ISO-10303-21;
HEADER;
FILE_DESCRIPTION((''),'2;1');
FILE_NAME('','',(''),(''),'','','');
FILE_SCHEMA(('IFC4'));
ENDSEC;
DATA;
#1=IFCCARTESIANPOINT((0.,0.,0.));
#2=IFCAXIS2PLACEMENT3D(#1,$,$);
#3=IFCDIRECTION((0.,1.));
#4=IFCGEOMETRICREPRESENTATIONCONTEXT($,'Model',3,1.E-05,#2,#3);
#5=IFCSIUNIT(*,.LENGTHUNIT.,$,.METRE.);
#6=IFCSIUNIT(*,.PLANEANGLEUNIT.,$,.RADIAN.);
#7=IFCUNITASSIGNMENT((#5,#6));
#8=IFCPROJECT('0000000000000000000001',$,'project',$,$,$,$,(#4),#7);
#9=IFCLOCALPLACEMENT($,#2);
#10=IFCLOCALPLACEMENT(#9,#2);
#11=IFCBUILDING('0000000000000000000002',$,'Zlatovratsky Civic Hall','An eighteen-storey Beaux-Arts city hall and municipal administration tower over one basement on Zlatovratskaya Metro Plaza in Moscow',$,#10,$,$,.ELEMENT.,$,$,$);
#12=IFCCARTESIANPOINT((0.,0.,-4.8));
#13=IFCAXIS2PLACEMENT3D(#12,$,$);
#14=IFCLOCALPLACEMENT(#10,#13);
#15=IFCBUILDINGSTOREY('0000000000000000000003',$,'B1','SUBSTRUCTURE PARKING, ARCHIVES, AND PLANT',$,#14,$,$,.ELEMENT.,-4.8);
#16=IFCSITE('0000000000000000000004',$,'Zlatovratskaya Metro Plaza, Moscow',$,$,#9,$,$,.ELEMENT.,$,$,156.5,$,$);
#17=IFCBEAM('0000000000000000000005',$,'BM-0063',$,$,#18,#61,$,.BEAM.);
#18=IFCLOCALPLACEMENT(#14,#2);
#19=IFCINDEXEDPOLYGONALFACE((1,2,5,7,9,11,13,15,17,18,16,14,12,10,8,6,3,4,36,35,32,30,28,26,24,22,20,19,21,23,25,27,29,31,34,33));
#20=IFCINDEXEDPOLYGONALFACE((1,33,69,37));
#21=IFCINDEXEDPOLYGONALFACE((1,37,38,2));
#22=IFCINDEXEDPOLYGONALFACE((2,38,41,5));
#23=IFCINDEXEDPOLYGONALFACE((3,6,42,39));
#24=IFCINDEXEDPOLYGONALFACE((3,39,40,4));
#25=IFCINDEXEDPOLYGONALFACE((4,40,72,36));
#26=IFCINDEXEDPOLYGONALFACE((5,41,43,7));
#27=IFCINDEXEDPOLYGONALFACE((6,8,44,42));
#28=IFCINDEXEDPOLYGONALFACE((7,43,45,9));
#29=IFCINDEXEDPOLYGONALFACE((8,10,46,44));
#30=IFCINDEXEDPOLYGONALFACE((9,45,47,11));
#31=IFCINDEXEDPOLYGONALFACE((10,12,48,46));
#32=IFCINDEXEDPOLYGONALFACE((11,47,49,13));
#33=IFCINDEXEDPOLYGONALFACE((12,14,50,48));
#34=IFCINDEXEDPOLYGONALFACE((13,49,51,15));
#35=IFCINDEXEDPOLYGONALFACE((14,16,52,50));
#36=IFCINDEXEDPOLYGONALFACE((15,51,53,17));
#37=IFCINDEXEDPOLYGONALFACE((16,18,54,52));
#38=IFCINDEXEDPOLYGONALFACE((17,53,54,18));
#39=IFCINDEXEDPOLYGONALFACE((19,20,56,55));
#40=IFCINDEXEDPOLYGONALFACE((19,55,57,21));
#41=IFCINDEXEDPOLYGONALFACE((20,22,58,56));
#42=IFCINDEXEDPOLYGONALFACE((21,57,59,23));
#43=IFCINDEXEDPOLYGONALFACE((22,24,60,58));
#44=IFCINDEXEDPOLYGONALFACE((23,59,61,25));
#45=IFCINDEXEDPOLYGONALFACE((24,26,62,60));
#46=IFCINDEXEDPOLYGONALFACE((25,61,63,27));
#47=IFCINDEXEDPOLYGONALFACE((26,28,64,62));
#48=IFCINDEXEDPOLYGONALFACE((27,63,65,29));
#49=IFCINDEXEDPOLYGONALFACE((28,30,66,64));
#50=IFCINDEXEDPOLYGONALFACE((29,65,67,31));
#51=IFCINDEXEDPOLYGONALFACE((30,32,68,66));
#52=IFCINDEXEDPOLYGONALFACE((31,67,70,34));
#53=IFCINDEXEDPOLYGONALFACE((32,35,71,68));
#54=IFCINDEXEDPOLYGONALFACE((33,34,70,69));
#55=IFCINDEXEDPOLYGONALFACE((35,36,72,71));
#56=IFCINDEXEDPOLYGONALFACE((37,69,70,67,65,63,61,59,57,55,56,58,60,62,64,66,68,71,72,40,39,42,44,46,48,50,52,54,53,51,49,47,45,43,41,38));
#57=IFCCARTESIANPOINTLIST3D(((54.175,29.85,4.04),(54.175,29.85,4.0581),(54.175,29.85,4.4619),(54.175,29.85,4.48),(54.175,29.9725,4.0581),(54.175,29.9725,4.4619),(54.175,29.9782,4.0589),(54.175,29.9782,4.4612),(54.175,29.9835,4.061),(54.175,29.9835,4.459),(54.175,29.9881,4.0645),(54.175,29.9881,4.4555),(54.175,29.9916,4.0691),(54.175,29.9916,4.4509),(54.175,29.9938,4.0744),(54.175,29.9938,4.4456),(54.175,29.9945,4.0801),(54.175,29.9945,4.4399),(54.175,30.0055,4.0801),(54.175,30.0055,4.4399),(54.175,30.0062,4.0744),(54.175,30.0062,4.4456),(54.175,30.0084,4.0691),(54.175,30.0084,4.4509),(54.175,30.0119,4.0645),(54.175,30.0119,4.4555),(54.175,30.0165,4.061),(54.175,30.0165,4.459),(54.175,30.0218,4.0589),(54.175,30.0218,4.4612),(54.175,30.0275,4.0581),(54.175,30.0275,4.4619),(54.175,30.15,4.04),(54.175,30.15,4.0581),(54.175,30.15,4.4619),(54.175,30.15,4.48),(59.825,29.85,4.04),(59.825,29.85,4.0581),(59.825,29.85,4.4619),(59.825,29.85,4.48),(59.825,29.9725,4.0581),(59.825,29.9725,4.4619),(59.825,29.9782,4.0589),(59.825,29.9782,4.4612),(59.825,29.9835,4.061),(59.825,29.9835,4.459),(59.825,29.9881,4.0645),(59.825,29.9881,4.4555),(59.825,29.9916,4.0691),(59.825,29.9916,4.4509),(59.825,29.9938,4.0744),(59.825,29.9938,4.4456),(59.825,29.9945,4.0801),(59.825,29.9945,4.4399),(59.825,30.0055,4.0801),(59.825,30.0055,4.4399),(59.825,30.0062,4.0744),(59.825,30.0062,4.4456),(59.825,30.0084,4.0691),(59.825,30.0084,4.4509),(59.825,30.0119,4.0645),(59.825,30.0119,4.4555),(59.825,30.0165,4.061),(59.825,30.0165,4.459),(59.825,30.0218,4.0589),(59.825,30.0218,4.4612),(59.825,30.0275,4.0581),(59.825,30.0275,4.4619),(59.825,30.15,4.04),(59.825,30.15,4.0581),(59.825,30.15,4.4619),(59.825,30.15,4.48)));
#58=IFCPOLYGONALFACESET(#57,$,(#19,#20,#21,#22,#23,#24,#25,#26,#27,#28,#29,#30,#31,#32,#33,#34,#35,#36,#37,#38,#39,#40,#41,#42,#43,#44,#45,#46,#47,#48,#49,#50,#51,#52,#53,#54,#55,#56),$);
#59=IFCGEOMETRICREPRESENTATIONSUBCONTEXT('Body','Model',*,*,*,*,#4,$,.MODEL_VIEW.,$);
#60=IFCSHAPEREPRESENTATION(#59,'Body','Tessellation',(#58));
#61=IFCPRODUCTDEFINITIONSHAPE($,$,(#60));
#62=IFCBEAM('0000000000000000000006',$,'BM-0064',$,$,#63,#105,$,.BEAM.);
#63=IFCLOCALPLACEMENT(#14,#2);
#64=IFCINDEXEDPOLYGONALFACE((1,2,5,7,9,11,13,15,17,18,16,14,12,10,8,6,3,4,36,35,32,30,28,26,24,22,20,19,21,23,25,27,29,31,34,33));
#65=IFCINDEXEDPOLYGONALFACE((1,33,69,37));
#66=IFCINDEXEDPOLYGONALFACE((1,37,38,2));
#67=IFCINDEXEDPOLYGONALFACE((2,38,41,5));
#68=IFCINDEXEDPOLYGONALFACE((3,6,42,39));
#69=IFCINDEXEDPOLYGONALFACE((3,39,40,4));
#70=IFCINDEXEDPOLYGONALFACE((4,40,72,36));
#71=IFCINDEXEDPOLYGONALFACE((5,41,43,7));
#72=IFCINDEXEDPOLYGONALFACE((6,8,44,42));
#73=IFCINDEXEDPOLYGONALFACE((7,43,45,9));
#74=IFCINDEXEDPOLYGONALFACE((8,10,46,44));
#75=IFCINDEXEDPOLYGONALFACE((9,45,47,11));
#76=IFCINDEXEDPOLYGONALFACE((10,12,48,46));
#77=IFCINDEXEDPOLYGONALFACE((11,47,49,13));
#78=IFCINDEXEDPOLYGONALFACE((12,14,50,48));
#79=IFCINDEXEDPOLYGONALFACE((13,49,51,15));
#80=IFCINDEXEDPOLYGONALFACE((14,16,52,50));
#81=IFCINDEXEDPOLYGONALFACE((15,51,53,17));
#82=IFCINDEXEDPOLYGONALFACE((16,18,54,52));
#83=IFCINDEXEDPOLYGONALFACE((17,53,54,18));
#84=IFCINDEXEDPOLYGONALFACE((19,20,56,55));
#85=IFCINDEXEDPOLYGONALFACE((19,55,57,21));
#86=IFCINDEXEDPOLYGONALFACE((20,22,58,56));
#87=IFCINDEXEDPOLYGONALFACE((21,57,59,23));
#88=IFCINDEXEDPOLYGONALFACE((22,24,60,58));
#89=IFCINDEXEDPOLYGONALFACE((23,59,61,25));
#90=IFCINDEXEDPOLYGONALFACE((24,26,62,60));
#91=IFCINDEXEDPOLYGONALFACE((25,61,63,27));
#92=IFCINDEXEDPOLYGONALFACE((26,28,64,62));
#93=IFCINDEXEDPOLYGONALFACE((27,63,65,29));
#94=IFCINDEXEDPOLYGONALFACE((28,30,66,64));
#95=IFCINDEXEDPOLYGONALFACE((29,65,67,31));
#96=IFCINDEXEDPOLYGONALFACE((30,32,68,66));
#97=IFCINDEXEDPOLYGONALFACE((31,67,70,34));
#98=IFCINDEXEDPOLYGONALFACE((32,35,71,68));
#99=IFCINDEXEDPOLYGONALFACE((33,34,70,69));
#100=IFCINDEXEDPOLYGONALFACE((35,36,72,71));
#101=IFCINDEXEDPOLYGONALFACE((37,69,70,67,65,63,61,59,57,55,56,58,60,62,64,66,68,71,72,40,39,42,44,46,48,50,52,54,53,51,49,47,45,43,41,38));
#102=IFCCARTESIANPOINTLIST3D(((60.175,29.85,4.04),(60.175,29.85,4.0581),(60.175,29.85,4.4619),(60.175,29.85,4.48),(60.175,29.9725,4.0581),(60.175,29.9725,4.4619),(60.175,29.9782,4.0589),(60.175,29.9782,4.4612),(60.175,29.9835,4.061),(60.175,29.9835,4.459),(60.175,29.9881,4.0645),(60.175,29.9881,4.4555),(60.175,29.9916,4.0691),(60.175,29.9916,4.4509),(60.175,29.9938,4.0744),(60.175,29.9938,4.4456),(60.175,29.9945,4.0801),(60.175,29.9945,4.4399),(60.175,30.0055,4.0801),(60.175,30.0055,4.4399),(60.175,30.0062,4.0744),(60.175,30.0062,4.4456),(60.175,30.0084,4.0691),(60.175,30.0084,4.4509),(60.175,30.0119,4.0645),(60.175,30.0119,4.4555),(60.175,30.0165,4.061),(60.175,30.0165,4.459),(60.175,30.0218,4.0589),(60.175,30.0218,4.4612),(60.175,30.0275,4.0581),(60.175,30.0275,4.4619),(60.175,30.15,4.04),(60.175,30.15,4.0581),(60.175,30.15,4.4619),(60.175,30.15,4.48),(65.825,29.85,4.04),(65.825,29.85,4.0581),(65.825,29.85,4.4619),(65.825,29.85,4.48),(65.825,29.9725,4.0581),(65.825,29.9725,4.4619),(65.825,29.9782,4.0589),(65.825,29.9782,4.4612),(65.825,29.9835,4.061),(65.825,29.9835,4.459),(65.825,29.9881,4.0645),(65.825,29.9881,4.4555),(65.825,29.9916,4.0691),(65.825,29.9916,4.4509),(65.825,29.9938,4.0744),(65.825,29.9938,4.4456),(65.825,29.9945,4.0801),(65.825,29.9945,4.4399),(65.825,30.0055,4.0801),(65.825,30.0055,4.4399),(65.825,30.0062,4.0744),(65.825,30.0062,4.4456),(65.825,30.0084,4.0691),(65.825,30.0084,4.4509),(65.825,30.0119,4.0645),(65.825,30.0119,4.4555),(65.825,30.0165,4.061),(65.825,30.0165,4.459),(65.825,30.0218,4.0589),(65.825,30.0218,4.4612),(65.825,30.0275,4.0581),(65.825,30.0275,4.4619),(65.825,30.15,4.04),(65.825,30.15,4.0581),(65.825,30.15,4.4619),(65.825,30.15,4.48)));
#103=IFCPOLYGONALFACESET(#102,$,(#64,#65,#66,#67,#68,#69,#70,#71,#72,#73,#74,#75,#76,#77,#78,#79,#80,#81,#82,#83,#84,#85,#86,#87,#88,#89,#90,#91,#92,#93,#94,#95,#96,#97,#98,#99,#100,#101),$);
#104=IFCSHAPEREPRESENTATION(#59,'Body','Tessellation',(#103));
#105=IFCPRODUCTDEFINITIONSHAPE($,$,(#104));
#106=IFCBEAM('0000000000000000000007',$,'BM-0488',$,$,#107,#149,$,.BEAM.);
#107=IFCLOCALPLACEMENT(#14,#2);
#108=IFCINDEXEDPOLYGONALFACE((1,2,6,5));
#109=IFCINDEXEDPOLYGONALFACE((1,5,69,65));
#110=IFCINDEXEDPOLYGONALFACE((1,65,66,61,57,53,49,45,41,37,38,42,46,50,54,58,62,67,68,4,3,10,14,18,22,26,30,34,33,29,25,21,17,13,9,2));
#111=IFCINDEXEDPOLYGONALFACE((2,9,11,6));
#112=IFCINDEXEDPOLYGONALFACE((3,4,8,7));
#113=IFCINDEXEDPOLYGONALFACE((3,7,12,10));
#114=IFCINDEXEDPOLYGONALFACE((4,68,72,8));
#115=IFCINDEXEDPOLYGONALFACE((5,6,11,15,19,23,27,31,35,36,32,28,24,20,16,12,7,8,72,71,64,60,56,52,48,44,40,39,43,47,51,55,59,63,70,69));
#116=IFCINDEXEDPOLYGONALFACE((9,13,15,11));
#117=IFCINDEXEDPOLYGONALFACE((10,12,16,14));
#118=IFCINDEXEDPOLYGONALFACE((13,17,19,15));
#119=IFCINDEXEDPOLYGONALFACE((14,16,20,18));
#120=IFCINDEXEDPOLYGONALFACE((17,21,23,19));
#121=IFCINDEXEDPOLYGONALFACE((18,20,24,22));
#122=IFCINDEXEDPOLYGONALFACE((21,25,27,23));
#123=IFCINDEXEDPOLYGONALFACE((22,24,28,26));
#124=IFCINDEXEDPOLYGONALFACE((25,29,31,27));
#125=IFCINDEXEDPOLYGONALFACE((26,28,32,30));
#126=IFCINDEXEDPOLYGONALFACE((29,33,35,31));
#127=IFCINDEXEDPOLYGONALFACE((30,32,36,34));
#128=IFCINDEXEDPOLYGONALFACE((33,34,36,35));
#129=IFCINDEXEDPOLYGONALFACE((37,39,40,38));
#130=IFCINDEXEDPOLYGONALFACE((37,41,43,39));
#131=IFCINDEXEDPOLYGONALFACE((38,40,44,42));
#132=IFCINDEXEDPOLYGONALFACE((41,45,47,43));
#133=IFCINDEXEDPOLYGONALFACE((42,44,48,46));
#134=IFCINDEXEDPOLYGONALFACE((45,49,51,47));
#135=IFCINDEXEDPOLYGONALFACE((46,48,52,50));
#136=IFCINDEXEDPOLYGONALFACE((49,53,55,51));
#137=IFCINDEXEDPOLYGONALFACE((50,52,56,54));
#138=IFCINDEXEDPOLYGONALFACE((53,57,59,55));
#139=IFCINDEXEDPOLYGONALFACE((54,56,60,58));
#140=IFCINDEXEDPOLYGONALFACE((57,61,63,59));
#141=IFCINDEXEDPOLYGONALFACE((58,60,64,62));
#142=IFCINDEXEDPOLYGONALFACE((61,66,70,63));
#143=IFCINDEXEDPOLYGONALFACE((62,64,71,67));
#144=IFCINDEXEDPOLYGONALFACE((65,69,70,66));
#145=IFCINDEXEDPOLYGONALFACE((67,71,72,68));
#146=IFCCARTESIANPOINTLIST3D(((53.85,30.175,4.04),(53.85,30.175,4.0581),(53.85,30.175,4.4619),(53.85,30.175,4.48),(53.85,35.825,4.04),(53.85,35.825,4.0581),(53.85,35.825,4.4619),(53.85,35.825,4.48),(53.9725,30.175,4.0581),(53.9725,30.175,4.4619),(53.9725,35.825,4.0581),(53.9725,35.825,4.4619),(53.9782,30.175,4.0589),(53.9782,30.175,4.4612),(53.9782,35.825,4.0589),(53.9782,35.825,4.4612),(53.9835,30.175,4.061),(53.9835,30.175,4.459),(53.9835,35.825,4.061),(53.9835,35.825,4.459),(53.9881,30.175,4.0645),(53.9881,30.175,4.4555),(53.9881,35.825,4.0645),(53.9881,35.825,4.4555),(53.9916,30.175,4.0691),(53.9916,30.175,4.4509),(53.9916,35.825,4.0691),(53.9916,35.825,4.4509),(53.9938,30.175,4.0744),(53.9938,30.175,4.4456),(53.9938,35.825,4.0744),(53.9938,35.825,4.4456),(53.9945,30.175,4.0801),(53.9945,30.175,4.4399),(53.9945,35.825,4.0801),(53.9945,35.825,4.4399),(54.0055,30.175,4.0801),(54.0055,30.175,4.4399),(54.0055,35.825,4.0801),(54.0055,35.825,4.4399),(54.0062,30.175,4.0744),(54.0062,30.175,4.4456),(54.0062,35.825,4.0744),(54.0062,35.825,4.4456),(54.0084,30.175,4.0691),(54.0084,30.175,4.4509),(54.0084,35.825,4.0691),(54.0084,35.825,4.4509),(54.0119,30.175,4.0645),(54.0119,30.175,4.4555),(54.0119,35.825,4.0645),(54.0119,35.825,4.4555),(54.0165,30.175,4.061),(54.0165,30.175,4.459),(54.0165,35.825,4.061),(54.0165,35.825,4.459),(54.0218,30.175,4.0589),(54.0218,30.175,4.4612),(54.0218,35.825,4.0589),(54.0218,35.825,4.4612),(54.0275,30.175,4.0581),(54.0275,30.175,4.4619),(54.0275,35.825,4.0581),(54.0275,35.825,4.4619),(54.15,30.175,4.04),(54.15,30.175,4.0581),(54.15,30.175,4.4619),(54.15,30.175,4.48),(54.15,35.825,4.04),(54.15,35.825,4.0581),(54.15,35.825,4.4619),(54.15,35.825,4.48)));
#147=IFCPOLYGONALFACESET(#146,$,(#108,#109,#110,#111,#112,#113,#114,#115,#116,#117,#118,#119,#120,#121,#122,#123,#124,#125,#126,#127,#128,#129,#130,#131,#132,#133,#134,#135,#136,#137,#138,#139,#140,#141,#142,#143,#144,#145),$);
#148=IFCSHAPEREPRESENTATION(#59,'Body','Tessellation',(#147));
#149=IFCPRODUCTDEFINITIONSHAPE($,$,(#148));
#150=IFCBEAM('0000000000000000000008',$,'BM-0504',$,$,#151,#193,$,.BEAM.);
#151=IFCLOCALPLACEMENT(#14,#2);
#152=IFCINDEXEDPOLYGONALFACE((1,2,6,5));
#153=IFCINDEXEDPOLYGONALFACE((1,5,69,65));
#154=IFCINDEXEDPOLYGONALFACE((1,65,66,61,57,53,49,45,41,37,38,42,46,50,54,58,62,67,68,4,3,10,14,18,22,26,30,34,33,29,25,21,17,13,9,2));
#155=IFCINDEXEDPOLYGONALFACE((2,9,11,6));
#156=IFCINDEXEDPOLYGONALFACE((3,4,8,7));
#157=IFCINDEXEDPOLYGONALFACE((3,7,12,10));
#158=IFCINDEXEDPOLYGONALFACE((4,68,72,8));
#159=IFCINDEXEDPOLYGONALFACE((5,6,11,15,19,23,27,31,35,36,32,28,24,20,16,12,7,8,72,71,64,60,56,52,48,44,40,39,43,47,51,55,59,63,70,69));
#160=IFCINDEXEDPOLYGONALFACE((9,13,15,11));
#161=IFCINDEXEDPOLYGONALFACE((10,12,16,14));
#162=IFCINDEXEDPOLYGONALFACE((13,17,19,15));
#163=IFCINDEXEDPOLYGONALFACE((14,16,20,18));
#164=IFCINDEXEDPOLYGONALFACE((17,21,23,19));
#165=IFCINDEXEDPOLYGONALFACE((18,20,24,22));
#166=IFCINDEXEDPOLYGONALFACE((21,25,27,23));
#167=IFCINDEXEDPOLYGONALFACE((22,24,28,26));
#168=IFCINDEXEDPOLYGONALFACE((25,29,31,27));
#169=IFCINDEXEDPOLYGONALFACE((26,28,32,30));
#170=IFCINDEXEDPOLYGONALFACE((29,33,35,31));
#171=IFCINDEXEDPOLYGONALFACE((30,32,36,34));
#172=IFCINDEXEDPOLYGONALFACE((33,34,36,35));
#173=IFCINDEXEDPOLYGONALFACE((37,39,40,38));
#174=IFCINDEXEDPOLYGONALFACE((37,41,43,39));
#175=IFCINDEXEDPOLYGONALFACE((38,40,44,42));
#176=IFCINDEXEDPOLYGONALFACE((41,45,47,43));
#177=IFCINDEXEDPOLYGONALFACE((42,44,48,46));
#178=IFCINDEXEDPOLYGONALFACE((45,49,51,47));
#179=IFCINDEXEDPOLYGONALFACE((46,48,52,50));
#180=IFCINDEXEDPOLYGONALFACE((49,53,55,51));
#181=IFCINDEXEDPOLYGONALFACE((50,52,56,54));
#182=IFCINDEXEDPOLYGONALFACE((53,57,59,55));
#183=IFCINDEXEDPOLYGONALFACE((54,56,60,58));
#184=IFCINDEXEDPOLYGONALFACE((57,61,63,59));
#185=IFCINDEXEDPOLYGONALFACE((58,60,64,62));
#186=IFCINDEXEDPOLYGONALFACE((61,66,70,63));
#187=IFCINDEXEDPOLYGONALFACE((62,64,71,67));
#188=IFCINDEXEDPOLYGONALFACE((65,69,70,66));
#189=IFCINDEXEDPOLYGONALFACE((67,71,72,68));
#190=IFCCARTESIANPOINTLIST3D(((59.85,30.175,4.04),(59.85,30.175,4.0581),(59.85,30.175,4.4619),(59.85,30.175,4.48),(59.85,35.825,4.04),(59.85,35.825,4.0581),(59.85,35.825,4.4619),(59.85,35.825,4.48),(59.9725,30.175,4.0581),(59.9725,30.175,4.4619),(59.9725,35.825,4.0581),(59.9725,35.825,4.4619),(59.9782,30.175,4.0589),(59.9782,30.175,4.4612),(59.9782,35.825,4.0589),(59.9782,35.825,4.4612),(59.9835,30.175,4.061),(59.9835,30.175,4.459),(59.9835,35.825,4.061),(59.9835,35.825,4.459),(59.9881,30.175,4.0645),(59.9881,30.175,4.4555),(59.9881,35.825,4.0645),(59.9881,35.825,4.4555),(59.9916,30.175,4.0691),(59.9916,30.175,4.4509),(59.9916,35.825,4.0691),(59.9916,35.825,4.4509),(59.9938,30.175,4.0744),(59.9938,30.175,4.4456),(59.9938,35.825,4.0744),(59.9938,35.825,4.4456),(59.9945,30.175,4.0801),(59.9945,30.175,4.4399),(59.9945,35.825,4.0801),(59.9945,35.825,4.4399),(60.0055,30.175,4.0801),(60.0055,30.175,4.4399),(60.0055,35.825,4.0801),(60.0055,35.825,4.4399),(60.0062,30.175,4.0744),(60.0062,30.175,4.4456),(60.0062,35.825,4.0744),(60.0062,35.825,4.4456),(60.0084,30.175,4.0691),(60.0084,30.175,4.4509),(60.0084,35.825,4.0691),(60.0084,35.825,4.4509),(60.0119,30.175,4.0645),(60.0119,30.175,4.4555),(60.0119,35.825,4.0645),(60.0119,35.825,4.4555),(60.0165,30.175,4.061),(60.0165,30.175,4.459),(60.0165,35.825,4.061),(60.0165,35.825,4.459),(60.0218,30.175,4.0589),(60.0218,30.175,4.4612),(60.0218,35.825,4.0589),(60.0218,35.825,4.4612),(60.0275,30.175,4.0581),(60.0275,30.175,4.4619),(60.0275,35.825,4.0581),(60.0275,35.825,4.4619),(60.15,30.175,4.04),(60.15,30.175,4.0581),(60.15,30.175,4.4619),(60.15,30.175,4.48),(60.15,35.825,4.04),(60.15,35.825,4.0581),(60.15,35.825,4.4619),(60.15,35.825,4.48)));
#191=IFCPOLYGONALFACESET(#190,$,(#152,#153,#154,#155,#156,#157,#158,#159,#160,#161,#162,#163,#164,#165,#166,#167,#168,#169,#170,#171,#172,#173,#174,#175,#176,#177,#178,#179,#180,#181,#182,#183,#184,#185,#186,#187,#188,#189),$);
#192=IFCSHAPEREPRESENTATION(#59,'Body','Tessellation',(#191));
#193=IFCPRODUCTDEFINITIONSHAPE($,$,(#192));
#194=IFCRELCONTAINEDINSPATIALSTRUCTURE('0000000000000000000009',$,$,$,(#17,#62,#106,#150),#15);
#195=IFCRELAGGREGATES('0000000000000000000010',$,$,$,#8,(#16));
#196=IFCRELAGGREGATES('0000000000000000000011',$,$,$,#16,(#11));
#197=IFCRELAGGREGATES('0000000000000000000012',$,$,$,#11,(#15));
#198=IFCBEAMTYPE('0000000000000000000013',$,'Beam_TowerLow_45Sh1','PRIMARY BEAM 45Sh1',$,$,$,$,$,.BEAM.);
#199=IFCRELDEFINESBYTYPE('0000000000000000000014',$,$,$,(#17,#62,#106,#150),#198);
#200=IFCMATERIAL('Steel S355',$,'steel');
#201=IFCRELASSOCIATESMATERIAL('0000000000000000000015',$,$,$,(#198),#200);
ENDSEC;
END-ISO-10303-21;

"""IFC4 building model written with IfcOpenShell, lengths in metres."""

from ifc_helpers import new_model, si_unit, direction, frame, origin, origin_2d, place, context, subcontext, project, spatial, i_section, extrude, material, material_profile, profile_set, type_object, element, save


model = new_model("IFC4")

# Units and contexts
model_context = context("Model", 3, precision=1e-05, world=origin(), true_north=direction((0.0, 1.0)))
body_context = subcontext(model_context, "Body", "Model", "MODEL_VIEW")
ifc_project = project(units=[si_unit("LENGTHUNIT", "METRE"), si_unit("PLANEANGLEUNIT", "RADIAN")], contexts=[model_context])

# Site, building, storey
site_placement = place(None, origin())
site = spatial("IfcSite", under=ifc_project, at=site_placement, Name="Zlatovratskaya Metro Plaza, Moscow", CompositionType="ELEMENT", RefElevation=156.5)
building_placement = place(site_placement, origin())
building = spatial("IfcBuilding", under=site, at=building_placement, Name="Zlatovratsky Civic Hall", Description="An eighteen-storey Beaux-Arts city hall and municipal administration tower over one basement on Zlatovratskaya Metro Plaza in Moscow", CompositionType="ELEMENT")
storey_placement = place(building_placement, frame((0.0, 0.0, -4.8)))
storey = spatial("IfcBuildingStorey", under=building, at=storey_placement, Name="B1", Description="SUBSTRUCTURE PARKING, ARCHIVES, AND PLANT", CompositionType="ELEMENT", Elevation=-4.8)

# Shared definitions
ifc_material_1 = material(Name="Steel S355", Category="steel")

# Beams
ifc_material_profile_1 = material_profile(ifc_material_1, i_section(OverallWidth=0.3, OverallDepth=0.4399, WebThickness=0.011, FlangeThickness=0.0181, FilletRadius=0.022, at=origin_2d()), Name="45Sh1")
ifc_profile_set_1 = profile_set([ifc_material_profile_1], Name="Steel S355")
beam_type_1 = type_object("IfcBeamType", Name="Beam_TowerLow_45Sh1", Description="PRIMARY BEAM 45Sh1", PredefinedType="BEAM", material=ifc_profile_set_1)
for number, where, z_axis, x_axis, name in (
    (1, (54.175, 30.0, 4.26), (1.0, 0.0, 0.0), (0.0, 1.0, 0.0), "BM-0063"),
    (2, (60.175, 30.0, 4.26), (1.0, 0.0, 0.0), (0.0, 1.0, 0.0), "BM-0064"),
    (3, (54.0, 30.175, 4.26), (0.0, 1.0, 0.0), (-1.0, 0.0, 0.0), "BM-0488"),
    (4, (60.0, 30.175, 4.26), (0.0, 1.0, 0.0), (-1.0, 0.0, 0.0), "BM-0504"),
):
    element("IfcBeam", number, at=place(storey_placement, frame(where, z_axis=z_axis, x_axis=x_axis)), inside=storey, type_object=beam_type_1, Name=name, PredefinedType="BEAM", context=body_context, shape_type="SweptSolid", body=[
        extrude(i_section(OverallWidth=0.3, OverallDepth=0.4399, WebThickness=0.011, FlangeThickness=0.0181, FilletRadius=0.022, at=origin_2d()), origin(), (0.0, 0.0, 1.0), 5.6499),
    ])

save(model, "model.ifc")
